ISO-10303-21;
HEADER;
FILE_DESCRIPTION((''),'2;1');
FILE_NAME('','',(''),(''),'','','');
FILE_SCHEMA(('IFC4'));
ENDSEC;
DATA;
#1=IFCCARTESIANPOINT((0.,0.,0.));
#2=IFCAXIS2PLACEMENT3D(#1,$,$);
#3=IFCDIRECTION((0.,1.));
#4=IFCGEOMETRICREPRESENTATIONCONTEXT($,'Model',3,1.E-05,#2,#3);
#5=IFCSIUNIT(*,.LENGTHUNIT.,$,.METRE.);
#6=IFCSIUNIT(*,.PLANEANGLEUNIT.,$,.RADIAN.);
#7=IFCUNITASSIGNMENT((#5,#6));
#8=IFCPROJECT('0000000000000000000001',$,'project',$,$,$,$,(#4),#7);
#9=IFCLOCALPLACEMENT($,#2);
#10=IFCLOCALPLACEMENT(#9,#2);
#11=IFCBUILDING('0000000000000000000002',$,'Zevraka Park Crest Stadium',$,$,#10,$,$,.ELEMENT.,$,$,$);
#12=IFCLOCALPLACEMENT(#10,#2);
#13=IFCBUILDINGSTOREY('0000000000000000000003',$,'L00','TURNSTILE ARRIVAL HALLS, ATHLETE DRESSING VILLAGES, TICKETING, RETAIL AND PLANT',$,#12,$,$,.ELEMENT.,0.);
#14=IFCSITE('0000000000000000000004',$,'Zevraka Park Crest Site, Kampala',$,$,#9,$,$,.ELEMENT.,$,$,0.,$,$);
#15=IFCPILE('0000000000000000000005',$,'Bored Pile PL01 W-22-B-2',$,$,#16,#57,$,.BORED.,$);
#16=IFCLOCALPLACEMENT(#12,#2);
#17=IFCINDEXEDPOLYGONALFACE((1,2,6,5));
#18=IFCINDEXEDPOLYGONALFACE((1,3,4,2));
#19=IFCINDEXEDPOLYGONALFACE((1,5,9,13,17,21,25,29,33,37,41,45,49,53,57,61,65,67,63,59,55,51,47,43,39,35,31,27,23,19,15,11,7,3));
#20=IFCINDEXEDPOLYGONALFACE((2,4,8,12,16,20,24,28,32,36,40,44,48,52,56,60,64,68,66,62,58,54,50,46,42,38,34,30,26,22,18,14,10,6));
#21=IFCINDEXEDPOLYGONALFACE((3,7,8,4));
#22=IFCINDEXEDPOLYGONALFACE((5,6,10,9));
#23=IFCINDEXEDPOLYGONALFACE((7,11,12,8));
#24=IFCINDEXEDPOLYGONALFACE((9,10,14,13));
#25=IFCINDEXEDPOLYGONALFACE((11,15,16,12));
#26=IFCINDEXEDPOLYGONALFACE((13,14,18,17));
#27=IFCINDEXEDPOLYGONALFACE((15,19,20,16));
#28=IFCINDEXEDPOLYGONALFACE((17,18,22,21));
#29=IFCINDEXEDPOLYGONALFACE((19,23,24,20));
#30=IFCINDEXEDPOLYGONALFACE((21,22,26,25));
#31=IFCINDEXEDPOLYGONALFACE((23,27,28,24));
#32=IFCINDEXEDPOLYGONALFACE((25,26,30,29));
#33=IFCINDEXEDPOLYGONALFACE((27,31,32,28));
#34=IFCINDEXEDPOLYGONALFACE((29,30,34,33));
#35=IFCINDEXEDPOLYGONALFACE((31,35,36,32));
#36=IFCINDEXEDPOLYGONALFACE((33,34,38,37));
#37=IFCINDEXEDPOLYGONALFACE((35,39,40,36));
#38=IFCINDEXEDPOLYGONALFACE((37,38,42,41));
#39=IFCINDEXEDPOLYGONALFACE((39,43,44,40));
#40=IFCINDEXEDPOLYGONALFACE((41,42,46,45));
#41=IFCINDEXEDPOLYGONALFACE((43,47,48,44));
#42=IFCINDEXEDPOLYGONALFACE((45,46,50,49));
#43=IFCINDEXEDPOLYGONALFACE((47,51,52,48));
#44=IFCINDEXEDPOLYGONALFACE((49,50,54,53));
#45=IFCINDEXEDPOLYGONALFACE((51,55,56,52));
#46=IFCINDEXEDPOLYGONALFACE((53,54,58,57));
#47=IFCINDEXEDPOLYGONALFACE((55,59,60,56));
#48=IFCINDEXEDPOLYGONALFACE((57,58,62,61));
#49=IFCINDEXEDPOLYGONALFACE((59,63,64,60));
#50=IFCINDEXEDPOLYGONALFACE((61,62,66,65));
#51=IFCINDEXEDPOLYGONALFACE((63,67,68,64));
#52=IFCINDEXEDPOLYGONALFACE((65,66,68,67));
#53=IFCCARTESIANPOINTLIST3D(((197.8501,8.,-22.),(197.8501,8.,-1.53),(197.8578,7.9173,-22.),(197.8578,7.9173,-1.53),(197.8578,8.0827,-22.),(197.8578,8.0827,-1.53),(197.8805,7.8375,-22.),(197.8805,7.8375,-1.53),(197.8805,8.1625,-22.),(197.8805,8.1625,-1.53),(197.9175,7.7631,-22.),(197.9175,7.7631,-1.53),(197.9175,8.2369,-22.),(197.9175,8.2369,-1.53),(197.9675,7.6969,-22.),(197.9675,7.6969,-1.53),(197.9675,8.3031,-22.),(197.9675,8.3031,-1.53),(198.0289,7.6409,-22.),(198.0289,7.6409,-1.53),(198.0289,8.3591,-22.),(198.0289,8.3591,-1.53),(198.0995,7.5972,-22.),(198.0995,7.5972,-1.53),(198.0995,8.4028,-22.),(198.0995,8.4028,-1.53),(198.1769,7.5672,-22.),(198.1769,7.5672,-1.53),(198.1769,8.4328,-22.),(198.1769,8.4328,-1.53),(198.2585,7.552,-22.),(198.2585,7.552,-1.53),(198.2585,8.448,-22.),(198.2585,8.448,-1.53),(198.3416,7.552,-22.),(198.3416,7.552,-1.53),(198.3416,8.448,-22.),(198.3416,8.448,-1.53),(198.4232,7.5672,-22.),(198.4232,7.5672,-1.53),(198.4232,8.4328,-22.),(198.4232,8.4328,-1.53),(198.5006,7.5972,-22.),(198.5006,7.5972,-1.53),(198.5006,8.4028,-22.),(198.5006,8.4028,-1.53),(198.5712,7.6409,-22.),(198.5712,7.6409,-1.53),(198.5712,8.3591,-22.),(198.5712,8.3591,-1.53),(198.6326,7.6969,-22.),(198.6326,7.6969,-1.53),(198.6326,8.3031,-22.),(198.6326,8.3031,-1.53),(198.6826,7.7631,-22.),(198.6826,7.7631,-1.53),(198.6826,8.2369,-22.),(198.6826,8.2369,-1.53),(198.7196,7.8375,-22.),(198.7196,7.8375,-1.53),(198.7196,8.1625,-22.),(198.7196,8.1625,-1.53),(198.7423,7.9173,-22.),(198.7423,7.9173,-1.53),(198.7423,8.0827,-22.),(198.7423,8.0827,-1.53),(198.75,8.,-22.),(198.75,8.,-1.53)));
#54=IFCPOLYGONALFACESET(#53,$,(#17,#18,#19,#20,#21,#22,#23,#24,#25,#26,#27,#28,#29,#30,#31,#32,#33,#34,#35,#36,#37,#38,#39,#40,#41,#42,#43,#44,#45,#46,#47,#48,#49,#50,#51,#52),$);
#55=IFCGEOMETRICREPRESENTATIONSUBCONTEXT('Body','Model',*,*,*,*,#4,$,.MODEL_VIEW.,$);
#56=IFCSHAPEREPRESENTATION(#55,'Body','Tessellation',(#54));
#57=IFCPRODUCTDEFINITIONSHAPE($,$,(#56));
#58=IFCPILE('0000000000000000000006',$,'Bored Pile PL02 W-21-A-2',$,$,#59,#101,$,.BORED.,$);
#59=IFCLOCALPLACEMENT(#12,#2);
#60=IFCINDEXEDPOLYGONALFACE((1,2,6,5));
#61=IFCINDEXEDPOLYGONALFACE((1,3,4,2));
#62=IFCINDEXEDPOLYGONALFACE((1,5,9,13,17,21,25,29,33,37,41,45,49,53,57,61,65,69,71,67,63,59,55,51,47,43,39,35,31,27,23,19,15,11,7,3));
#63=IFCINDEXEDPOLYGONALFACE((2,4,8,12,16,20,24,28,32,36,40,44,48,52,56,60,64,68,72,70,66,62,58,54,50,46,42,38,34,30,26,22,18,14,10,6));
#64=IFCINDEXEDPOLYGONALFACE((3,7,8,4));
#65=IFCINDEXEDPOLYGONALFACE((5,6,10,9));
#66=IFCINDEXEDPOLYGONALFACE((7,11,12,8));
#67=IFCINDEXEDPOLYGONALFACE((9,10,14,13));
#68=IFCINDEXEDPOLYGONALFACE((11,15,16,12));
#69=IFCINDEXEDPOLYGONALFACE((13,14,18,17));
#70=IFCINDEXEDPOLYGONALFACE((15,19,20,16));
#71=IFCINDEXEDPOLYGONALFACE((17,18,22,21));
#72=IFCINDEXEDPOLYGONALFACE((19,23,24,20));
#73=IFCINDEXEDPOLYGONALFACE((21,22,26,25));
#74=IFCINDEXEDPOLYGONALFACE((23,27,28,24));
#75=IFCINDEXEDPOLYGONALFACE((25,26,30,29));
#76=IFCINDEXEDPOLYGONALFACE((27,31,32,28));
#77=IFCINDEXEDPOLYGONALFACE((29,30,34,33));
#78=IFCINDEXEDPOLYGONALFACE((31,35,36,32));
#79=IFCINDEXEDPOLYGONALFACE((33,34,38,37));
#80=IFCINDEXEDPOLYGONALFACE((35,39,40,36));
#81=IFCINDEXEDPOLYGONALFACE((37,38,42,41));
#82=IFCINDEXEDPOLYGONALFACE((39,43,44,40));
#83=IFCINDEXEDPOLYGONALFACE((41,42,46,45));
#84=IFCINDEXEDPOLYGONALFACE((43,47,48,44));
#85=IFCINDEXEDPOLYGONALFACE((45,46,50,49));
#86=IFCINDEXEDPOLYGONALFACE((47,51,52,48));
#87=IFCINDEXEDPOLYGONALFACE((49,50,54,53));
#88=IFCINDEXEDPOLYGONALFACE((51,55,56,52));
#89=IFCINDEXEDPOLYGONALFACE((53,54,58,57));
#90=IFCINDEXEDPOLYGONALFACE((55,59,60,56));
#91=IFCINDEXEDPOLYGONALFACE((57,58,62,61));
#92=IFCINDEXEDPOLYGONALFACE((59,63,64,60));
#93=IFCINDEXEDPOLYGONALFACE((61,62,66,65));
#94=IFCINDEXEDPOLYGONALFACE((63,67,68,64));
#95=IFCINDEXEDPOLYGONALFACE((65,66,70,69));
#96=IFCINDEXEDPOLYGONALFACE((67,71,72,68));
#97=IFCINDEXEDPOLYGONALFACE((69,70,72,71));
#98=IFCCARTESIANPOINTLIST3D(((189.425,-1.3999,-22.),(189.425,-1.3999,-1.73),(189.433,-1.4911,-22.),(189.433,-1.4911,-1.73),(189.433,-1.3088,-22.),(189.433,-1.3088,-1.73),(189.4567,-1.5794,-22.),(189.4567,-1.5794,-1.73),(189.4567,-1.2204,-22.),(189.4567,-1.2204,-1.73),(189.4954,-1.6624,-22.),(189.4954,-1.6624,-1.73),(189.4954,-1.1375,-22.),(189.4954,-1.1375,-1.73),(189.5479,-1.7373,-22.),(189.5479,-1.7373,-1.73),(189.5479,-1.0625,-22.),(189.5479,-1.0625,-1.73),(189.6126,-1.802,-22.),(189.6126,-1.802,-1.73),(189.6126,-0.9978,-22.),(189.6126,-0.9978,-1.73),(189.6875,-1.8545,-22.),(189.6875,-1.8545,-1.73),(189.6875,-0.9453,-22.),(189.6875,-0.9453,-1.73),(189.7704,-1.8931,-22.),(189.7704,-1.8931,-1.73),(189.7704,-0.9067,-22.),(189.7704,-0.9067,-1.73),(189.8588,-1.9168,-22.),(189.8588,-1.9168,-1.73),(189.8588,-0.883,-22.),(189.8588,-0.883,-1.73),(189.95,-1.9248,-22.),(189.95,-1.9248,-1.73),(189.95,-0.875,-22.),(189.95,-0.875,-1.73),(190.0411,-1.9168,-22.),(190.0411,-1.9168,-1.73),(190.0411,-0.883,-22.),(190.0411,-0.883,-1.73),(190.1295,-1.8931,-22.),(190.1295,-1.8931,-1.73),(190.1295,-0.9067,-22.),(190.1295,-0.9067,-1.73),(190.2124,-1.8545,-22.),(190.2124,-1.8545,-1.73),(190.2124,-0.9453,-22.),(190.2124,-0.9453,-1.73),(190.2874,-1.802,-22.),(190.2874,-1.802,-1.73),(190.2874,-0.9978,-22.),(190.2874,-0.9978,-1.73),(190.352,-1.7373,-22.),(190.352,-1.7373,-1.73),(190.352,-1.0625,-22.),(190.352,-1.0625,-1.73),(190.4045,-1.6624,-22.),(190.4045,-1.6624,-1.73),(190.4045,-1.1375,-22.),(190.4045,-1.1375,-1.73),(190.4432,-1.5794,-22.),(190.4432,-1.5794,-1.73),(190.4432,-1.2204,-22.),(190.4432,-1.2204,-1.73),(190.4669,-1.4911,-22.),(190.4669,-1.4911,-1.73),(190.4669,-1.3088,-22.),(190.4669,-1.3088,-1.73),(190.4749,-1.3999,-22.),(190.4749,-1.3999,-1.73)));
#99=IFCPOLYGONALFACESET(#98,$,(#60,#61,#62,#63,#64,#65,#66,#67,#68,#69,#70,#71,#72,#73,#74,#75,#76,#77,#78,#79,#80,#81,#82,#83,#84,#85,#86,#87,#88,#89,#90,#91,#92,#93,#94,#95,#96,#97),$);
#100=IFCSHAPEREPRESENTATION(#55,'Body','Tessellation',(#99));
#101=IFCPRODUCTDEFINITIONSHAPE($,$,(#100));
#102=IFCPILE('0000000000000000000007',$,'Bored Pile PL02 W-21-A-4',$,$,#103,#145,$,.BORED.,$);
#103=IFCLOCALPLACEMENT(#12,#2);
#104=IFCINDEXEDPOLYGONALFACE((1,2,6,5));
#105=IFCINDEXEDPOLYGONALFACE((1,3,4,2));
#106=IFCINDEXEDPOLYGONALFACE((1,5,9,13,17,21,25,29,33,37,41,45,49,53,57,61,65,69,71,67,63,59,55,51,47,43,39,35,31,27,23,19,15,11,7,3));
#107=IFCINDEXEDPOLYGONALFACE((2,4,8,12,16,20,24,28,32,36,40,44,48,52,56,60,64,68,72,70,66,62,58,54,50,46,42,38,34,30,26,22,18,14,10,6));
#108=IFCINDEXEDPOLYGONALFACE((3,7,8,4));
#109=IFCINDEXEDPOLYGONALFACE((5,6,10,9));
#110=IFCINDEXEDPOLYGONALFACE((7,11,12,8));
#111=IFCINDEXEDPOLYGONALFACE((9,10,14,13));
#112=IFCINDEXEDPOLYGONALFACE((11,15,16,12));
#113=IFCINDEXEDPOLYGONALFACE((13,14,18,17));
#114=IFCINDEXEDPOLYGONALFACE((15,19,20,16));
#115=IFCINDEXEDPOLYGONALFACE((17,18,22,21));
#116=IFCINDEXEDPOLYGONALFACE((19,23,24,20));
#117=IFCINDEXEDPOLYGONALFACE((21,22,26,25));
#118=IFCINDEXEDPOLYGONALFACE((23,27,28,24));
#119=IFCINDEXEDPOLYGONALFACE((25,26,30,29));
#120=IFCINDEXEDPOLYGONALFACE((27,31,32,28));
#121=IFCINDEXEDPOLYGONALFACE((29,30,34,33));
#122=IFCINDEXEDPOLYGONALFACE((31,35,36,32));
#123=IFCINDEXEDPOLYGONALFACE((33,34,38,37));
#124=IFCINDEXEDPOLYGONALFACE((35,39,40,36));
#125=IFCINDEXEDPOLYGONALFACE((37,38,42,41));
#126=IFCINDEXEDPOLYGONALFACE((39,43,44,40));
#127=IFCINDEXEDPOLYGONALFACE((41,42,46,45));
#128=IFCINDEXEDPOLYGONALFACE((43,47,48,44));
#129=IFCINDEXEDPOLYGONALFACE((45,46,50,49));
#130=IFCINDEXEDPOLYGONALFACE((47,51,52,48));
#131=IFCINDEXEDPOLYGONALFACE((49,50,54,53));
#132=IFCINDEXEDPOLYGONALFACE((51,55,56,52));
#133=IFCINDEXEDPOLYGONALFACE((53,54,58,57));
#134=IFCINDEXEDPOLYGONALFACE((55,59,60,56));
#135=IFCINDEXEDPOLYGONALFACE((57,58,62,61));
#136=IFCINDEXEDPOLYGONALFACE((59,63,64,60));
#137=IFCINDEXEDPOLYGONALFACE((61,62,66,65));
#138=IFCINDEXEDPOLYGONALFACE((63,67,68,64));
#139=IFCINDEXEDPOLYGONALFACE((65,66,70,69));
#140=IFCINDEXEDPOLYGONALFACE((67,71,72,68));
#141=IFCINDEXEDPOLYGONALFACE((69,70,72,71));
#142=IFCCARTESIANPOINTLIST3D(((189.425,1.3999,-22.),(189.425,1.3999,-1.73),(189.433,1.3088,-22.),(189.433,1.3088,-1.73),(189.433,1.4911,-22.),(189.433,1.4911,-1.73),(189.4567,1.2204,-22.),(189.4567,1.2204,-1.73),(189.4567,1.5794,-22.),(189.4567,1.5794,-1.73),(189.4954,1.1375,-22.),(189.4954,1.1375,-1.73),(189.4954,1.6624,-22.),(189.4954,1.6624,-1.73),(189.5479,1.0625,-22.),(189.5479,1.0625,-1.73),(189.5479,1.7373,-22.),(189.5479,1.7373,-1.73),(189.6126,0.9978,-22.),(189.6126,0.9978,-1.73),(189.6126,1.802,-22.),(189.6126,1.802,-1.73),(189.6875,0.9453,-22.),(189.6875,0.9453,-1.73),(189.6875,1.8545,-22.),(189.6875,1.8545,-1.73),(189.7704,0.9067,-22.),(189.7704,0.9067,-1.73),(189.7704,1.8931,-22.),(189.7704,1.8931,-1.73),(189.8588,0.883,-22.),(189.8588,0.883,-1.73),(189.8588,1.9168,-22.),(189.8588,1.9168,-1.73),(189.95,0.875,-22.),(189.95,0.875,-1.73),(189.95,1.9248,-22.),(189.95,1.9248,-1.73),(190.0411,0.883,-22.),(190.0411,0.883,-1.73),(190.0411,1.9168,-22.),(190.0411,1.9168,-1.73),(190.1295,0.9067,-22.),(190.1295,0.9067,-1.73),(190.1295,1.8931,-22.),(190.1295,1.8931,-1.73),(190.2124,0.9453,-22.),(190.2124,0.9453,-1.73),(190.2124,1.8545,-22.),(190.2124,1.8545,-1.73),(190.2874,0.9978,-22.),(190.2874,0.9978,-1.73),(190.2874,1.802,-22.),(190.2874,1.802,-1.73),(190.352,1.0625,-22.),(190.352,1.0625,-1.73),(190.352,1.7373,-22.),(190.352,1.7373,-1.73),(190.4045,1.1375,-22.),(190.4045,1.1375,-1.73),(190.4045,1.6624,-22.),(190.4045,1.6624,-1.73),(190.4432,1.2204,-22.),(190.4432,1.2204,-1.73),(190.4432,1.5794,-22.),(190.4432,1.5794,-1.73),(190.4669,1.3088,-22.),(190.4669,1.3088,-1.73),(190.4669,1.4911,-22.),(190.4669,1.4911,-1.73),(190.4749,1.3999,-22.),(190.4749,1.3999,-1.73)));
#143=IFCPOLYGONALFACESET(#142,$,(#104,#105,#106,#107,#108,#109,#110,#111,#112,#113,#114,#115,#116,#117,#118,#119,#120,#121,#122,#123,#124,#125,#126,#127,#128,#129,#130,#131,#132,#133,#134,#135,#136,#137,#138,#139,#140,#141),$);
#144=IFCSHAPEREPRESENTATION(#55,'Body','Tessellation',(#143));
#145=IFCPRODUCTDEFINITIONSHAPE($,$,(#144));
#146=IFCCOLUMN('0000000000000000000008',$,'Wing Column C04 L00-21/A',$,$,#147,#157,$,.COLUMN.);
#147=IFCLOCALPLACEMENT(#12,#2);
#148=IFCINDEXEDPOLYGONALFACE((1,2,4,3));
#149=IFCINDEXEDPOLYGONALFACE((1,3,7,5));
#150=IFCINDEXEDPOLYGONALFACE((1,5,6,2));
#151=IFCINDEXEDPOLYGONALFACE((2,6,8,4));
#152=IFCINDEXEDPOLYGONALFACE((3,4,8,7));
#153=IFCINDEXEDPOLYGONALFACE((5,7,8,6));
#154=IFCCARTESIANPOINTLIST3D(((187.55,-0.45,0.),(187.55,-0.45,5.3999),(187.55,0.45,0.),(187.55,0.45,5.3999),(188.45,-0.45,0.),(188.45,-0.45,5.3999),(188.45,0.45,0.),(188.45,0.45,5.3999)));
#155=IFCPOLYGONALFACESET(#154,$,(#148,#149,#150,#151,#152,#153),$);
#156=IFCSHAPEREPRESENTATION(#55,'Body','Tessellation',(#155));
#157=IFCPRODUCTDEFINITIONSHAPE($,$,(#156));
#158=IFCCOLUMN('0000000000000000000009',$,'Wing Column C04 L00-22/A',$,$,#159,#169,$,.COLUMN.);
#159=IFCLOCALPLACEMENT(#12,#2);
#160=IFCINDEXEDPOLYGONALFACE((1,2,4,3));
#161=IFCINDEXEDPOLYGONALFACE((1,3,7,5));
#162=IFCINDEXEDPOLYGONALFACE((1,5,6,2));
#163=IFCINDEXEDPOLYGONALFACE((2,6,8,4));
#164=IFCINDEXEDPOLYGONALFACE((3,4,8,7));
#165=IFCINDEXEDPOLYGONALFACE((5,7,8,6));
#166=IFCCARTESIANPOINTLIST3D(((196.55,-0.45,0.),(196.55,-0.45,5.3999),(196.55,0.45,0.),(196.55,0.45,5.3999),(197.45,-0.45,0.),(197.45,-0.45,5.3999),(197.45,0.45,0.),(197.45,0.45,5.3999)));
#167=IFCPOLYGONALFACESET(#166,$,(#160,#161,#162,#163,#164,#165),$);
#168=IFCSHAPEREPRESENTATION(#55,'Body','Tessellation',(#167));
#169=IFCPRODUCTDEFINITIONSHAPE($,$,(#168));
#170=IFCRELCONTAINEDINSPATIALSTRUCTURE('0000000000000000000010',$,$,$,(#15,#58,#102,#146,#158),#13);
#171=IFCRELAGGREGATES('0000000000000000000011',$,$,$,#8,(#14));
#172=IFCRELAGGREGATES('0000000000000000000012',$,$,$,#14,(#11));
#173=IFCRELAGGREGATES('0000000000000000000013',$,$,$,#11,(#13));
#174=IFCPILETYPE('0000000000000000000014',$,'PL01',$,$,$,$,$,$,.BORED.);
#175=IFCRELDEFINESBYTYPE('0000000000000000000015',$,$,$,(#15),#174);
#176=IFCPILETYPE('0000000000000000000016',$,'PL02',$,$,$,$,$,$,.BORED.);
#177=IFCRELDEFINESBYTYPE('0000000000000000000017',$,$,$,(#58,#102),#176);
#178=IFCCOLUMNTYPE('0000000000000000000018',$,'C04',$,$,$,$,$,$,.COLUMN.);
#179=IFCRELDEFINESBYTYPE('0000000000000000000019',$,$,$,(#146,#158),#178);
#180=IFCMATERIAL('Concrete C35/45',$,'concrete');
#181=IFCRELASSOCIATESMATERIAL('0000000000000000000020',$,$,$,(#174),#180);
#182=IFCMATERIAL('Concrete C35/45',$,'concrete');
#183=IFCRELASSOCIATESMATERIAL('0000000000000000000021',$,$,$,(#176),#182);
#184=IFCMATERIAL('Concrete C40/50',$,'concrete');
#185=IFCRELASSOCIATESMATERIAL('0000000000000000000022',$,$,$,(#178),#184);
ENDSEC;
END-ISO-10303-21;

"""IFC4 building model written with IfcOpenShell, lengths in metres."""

from ifc_helpers import new_model, si_unit, direction, frame, origin, origin_2d, place, context, subcontext, project, spatial, rectangle, circle, extrude, material, material_profile, profile_set, type_object, element, save


model = new_model("IFC4")

# Units and contexts
model_context = context("Model", 3, precision=1e-05, world=origin(), true_north=direction((0.0, 1.0)))
body_context = subcontext(model_context, "Body", "Model", "MODEL_VIEW")
ifc_project = project(units=[si_unit("LENGTHUNIT", "METRE"), si_unit("PLANEANGLEUNIT", "RADIAN")], contexts=[model_context])

# Site, building, storey
site_placement = place(None, origin())
site = spatial("IfcSite", under=ifc_project, at=site_placement, Name="Zevraka Park Crest Site, Kampala", CompositionType="ELEMENT", RefElevation=0.0)
building_placement = place(site_placement, origin())
building = spatial("IfcBuilding", under=site, at=building_placement, Name="Zevraka Park Crest Stadium", CompositionType="ELEMENT")
storey_placement = place(building_placement, origin())
storey = spatial("IfcBuildingStorey", under=building, at=storey_placement, Name="L00", Description="TURNSTILE ARRIVAL HALLS, ATHLETE DRESSING VILLAGES, TICKETING, RETAIL AND PLANT", CompositionType="ELEMENT", Elevation=0.0)

# Piles
ifc_material_1 = material(Name="Concrete C35/45", Category="concrete")
ifc_material_profile_1 = material_profile(ifc_material_1, circle(Radius=0.45, at=origin_2d()), Name="PILE D900")
ifc_profile_set_1 = profile_set([ifc_material_profile_1], Name="Concrete C35/45")
pile_type_1 = type_object("IfcPileType", Name="PL01", PredefinedType="BORED", material=ifc_profile_set_1)
for number, where, z_axis, x_axis, name in (
    (1, (198.3, 8.0, -1.53), (0.0, 0.0, -1.0), (1.0, 0.0, 0.0), "Bored Pile PL01 W-22-B-2"),
):
    element("IfcPile", number, at=place(storey_placement, frame(where, z_axis=z_axis, x_axis=x_axis)), inside=storey, type_object=pile_type_1, Name=name, PredefinedType="BORED", context=body_context, shape_type="SweptSolid", body=[
        extrude(circle(Radius=0.45, at=origin_2d()), origin(), (0.0, 0.0, 1.0), 20.47),
    ])
ifc_material_2 = material(Name="Concrete C35/45", Category="concrete")
ifc_material_profile_2 = material_profile(ifc_material_2, circle(Radius=0.5249, at=origin_2d()), Name="PILE D1050")
ifc_profile_set_2 = profile_set([ifc_material_profile_2], Name="Concrete C35/45")
pile_type_2 = type_object("IfcPileType", Name="PL02", PredefinedType="BORED", material=ifc_profile_set_2)
for number, where, z_axis, x_axis, name in (
    (2, (189.95, -1.3999, -1.73), (0.0, 0.0, -1.0), (1.0, 0.0, 0.0), "Bored Pile PL02 W-21-A-2"),
    (3, (189.95, 1.3999, -1.73), (0.0, 0.0, -1.0), (1.0, 0.0, 0.0), "Bored Pile PL02 W-21-A-4"),
):
    element("IfcPile", number, at=place(storey_placement, frame(where, z_axis=z_axis, x_axis=x_axis)), inside=storey, type_object=pile_type_2, Name=name, PredefinedType="BORED", context=body_context, shape_type="SweptSolid", body=[
        extrude(circle(Radius=0.5249, at=origin_2d()), origin(), (0.0, 0.0, 1.0), 20.27),
    ])

# Columns
ifc_material_3 = material(Name="Concrete C40/50", Category="concrete")
ifc_material_profile_3 = material_profile(ifc_material_3, rectangle(XDim=0.8999, YDim=0.8999, at=origin_2d()), Name="RC 900x900")
ifc_profile_set_3 = profile_set([ifc_material_profile_3], Name="Concrete C40/50")
column_type = type_object("IfcColumnType", Name="C04", PredefinedType="COLUMN", material=ifc_profile_set_3)
for number, where, z_axis, x_axis, name in (
    (4, (188.0, 0.0, 0.0), (0.0, 0.0, 1.0), (1.0, 0.0, 0.0), "Wing Column C04 L00-21/A"),
    (5, (197.0, 0.0, 0.0), (0.0, 0.0, 1.0), (1.0, 0.0, 0.0), "Wing Column C04 L00-22/A"),
):
    element("IfcColumn", number, at=place(storey_placement, frame(where, z_axis=z_axis, x_axis=x_axis)), inside=storey, type_object=column_type, Name=name, PredefinedType="COLUMN", context=body_context, shape_type="SweptSolid", body=[
        extrude(rectangle(XDim=0.8999, YDim=0.8999, at=origin_2d()), origin(), (0.0, 0.0, 1.0), 5.3999),
    ])

save(model, "model.ifc")
